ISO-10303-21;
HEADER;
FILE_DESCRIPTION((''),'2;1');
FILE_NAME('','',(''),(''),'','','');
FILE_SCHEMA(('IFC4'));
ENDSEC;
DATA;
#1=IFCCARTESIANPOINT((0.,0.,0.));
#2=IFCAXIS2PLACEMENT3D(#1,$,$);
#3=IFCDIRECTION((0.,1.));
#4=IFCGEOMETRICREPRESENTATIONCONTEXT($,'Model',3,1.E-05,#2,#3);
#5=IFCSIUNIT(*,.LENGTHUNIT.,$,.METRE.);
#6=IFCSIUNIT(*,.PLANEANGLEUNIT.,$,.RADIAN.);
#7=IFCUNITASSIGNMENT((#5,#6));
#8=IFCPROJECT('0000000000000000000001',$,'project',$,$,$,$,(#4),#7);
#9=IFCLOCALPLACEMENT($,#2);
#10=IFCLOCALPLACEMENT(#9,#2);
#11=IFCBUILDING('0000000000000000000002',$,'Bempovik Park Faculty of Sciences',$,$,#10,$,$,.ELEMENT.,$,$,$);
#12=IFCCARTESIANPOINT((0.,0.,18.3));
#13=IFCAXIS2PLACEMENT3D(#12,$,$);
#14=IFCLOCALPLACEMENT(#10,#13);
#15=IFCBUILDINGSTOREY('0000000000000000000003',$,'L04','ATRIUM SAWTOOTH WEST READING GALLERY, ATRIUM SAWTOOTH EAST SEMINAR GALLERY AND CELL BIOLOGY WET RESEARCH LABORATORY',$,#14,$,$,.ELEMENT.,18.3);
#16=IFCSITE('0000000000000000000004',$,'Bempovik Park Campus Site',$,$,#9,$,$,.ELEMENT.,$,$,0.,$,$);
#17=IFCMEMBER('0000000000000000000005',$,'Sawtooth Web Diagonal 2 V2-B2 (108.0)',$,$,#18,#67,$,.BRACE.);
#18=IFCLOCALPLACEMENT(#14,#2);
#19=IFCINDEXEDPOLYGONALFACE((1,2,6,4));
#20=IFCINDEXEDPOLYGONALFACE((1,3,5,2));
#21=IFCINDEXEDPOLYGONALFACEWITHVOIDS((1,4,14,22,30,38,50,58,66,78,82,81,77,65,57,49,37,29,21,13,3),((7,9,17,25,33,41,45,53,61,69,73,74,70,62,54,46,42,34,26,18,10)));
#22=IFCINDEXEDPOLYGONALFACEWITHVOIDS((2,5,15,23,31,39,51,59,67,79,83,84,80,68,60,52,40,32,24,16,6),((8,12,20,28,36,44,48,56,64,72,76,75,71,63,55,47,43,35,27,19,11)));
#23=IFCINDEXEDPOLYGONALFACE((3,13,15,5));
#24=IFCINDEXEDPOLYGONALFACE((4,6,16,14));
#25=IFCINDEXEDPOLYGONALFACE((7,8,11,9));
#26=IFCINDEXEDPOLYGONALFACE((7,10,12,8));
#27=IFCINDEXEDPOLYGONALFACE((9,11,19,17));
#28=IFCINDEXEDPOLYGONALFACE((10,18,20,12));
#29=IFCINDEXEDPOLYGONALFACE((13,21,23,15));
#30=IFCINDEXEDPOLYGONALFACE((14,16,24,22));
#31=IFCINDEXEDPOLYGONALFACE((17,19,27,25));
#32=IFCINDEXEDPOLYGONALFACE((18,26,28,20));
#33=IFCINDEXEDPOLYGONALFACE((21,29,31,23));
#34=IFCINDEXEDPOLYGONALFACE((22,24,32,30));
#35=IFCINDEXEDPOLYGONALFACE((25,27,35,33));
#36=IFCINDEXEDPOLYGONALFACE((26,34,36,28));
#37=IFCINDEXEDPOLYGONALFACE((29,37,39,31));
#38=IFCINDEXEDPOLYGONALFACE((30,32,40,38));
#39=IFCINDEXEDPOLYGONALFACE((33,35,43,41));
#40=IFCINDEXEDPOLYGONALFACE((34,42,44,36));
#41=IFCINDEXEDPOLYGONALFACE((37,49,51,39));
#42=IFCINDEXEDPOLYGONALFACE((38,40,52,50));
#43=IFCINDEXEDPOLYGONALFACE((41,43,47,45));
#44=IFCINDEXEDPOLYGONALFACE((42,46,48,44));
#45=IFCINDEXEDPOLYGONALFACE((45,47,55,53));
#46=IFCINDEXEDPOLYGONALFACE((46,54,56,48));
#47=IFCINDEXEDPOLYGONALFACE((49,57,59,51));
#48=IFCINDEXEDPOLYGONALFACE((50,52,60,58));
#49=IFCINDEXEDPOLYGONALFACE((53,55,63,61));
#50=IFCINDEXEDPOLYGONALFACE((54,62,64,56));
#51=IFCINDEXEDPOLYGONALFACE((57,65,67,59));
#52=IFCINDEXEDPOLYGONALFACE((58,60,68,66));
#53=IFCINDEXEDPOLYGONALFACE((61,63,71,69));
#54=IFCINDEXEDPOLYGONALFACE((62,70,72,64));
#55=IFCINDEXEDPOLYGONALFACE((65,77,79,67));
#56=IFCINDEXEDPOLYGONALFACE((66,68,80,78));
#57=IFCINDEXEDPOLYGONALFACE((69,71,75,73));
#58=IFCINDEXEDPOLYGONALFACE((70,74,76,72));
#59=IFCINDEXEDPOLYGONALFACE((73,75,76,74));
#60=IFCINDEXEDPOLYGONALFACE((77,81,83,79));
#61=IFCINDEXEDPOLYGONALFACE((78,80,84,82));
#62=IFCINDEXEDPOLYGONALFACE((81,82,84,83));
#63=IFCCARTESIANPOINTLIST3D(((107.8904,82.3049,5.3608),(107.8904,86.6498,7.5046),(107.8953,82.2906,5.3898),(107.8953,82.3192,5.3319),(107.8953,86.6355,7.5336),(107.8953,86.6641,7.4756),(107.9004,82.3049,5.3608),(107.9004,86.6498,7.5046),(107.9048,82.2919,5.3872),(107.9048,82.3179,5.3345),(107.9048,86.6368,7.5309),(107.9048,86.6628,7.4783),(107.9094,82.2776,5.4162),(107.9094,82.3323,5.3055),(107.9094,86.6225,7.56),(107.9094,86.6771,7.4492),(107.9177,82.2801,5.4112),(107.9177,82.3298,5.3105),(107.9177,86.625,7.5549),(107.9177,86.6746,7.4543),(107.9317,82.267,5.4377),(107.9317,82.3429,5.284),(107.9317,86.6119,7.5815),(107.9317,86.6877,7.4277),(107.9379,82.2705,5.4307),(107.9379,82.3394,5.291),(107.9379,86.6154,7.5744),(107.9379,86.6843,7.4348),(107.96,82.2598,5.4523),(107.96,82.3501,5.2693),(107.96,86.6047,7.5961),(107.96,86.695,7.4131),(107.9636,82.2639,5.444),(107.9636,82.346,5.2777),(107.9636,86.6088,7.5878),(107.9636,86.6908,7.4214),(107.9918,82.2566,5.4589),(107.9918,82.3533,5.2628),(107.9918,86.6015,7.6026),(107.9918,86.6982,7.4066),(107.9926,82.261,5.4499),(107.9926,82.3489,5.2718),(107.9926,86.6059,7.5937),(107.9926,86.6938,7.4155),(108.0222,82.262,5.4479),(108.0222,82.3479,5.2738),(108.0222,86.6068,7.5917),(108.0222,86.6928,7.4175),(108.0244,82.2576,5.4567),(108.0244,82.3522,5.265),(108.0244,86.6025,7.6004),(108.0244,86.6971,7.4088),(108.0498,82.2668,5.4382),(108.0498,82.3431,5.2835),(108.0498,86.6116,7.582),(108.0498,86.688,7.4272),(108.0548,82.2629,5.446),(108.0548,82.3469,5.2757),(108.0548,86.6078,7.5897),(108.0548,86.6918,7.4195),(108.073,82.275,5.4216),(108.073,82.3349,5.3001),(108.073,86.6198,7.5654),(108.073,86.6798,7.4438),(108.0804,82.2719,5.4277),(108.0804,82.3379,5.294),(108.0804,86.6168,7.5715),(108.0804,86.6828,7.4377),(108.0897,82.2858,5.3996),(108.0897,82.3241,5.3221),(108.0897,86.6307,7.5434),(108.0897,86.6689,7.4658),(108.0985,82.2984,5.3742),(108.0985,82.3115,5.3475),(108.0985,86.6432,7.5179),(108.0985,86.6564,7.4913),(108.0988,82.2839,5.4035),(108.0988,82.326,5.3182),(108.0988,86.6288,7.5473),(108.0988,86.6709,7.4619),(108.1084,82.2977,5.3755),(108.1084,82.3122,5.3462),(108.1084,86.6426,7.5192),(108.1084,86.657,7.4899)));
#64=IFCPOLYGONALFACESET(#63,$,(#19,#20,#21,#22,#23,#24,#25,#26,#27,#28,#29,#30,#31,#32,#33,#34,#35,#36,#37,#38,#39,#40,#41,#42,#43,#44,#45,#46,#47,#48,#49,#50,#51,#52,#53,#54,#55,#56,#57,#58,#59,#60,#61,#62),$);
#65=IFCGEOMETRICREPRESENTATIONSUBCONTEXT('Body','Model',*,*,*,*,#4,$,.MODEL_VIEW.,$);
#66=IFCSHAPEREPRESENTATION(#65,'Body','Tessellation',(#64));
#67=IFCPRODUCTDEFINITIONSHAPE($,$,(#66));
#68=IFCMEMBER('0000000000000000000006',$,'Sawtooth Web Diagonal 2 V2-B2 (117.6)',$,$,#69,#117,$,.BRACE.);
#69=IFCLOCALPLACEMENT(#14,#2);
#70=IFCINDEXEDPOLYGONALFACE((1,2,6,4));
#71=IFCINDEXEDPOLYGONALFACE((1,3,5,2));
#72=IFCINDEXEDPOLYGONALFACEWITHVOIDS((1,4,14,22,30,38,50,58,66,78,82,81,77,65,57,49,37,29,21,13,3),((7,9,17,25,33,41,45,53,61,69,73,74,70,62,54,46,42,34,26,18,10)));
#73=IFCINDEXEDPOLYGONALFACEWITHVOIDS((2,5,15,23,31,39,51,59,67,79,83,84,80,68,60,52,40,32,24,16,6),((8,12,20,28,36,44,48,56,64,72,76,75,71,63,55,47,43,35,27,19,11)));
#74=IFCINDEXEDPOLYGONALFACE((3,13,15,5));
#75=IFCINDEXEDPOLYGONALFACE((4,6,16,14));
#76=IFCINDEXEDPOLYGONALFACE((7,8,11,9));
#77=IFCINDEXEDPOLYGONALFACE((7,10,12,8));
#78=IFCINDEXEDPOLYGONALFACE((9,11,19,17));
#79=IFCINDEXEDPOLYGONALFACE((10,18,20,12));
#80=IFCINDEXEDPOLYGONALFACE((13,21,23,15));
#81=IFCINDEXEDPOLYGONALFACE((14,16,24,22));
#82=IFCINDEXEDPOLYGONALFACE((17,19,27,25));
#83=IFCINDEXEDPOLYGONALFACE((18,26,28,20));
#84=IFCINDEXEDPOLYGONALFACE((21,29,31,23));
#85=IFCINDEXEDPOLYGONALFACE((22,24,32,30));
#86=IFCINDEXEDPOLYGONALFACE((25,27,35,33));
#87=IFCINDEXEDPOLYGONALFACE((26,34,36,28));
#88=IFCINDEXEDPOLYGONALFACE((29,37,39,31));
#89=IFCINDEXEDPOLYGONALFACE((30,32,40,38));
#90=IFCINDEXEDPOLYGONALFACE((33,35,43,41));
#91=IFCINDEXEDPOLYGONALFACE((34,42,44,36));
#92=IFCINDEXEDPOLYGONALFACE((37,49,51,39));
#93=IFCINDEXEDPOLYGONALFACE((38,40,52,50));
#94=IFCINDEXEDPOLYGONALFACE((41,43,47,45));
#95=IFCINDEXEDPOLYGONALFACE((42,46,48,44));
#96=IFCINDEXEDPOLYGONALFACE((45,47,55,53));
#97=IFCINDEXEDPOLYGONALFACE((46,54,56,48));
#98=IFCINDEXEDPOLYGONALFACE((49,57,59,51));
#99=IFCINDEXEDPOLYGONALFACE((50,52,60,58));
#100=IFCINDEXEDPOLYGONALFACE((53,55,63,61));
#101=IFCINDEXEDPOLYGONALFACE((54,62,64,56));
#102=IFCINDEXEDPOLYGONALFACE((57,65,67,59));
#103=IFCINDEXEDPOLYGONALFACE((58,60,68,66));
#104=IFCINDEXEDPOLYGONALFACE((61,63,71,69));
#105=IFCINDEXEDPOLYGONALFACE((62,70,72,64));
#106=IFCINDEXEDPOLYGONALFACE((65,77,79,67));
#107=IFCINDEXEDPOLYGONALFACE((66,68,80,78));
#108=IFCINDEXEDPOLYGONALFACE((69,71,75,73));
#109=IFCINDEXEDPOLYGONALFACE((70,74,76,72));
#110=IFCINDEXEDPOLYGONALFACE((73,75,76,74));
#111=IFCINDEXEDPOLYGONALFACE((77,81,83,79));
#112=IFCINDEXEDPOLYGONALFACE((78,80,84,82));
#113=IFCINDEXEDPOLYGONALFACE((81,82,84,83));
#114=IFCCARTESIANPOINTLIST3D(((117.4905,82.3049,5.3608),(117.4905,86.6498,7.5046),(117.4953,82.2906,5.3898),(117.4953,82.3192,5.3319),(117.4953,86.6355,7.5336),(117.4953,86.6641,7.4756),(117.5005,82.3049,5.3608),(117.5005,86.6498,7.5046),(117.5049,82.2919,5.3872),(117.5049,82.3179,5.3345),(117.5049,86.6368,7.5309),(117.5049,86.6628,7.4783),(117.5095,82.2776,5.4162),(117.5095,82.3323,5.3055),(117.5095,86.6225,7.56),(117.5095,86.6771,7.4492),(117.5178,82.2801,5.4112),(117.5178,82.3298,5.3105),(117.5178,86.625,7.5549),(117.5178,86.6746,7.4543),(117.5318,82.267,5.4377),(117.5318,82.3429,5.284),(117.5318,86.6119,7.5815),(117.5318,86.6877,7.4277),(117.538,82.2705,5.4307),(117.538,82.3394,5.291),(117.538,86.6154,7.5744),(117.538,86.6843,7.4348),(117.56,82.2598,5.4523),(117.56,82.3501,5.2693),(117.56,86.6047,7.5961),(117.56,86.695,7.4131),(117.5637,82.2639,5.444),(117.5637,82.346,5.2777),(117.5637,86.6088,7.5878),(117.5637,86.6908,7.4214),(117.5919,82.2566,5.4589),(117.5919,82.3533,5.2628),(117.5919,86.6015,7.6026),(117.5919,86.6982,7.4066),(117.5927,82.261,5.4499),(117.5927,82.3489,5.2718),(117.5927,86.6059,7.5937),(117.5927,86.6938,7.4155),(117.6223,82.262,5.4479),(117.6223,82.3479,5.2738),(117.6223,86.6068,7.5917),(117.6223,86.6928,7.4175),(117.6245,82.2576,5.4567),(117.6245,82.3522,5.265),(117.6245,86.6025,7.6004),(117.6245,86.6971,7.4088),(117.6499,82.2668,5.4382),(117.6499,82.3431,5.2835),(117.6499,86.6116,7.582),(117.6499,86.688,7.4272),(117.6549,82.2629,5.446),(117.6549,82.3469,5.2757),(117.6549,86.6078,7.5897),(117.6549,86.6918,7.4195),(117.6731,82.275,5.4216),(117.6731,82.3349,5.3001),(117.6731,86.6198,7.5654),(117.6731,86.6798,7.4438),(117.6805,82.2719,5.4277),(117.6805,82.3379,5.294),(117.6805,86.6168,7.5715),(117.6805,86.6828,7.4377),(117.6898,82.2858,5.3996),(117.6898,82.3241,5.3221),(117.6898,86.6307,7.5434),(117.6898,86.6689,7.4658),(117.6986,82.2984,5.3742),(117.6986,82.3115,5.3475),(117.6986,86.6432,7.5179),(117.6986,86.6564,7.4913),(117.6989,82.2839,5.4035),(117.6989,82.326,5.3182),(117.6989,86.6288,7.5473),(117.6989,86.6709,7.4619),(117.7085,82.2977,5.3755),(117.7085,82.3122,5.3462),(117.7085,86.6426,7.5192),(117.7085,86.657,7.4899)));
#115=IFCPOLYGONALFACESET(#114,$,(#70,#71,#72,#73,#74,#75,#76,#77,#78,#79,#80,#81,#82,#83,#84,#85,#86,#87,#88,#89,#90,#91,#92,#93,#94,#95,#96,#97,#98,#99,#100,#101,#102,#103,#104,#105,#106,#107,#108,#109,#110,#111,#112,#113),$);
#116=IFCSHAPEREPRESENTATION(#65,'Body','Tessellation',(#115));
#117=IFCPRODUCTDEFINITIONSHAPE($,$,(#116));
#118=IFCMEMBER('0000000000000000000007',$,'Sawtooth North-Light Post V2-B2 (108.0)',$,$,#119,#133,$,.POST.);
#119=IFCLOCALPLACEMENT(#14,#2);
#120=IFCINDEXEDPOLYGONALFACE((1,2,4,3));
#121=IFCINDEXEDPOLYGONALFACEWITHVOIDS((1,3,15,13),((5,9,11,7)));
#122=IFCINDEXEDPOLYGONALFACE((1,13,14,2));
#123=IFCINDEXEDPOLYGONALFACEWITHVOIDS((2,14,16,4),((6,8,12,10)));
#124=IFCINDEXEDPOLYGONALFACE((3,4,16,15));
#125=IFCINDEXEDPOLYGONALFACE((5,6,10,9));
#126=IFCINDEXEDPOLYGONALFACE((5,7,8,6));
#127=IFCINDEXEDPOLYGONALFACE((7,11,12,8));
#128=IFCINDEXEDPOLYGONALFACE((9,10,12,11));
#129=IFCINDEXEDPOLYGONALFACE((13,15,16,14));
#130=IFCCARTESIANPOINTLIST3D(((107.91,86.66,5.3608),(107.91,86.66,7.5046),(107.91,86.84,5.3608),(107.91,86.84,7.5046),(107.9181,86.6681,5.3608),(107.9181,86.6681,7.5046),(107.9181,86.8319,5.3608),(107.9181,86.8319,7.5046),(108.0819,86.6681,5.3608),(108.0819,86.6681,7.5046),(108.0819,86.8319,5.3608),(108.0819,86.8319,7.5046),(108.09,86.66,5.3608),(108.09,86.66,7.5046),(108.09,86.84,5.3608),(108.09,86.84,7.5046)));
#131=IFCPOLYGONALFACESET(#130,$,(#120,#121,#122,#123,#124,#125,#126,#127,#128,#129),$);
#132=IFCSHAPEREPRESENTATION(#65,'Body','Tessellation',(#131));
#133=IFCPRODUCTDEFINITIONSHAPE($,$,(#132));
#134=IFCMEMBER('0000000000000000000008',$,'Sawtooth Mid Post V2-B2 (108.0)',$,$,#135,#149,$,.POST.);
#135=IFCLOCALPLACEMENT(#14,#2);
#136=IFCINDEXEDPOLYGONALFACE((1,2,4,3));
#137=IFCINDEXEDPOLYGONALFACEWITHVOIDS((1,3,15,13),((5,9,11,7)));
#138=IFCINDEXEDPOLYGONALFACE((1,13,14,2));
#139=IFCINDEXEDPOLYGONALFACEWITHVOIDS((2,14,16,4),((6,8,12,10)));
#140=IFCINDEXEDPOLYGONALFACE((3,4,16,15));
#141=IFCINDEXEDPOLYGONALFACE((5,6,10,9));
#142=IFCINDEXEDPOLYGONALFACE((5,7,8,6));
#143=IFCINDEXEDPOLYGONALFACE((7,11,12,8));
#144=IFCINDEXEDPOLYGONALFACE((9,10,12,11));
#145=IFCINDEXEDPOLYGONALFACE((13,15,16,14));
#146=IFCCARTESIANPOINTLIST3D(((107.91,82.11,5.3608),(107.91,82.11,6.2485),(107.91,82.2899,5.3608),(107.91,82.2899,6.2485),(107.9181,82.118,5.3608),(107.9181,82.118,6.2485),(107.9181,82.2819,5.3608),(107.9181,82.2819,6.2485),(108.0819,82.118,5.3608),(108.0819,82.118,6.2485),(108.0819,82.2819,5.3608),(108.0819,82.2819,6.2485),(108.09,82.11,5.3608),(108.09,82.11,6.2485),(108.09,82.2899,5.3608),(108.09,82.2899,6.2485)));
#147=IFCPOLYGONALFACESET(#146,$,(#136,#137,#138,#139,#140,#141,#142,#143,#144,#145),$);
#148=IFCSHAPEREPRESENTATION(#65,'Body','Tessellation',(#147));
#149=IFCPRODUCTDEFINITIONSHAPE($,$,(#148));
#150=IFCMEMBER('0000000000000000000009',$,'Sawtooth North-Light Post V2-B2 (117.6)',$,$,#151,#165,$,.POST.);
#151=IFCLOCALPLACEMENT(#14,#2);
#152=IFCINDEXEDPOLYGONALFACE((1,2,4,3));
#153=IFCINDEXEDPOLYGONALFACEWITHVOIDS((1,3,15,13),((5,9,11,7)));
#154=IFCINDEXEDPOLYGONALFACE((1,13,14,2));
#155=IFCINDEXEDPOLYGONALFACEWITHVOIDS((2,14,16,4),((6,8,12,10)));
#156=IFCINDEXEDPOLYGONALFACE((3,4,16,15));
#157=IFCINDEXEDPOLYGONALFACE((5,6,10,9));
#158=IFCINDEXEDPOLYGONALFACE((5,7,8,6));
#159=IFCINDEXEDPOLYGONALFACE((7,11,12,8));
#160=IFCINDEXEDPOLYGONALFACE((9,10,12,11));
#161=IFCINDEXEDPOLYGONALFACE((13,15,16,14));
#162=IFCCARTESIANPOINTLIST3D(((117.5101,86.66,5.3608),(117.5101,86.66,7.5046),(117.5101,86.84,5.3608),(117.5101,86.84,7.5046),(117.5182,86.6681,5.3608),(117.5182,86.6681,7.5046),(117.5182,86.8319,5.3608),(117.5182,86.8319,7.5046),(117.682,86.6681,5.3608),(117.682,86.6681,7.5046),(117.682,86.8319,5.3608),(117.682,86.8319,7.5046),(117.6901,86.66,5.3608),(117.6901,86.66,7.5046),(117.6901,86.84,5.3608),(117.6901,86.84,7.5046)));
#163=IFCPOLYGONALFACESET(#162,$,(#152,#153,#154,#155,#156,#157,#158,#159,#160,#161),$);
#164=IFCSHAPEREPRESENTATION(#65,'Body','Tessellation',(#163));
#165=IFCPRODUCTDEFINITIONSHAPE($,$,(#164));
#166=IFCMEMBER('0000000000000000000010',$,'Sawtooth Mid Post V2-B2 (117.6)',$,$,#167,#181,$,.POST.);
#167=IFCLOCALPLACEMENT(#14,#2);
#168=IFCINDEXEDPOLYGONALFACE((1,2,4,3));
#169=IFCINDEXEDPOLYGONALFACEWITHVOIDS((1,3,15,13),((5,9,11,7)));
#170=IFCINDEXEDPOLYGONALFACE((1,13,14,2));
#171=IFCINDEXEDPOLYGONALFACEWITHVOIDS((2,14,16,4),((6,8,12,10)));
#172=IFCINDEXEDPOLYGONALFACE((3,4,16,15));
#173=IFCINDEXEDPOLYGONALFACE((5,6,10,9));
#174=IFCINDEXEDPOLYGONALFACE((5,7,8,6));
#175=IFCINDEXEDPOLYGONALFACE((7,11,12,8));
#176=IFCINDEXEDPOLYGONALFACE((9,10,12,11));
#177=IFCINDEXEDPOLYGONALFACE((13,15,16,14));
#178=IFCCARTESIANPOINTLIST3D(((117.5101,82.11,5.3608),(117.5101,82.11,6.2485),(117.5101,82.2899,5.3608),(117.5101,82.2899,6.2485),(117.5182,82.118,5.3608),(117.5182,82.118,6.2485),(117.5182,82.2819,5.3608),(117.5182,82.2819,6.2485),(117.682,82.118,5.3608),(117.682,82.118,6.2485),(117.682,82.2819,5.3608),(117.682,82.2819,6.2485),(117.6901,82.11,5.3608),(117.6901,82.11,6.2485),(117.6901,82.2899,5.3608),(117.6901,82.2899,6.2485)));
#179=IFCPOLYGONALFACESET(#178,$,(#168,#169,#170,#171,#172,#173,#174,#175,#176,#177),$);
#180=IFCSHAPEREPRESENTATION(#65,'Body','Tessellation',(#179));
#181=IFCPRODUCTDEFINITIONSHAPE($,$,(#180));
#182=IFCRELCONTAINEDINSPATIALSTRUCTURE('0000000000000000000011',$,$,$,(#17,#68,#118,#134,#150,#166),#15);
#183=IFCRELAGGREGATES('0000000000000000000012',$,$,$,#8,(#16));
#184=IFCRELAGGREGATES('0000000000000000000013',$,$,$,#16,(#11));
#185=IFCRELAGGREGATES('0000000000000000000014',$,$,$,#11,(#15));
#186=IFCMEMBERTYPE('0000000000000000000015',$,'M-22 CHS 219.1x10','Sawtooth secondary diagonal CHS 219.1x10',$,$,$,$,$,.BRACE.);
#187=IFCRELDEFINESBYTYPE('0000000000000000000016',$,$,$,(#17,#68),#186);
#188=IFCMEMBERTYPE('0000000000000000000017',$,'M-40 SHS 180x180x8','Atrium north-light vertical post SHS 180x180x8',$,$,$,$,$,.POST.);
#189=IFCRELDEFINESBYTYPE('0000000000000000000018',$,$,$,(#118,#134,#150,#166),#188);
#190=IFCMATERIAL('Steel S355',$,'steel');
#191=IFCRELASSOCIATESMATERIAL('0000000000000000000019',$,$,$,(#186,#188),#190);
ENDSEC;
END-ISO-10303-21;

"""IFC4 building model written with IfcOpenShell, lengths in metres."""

from ifc_helpers import new_model, si_unit, direction, frame, origin, origin_2d, place, context, subcontext, project, spatial, hollow_rectangle, hollow_circle, extrude, material, material_profile, profile_set, type_object, element, save


model = new_model("IFC4")

# Units and contexts
model_context = context("Model", 3, precision=1e-05, world=origin(), true_north=direction((0.0, 1.0)))
body_context = subcontext(model_context, "Body", "Model", "MODEL_VIEW")
ifc_project = project(units=[si_unit("LENGTHUNIT", "METRE"), si_unit("PLANEANGLEUNIT", "RADIAN")], contexts=[model_context])

# Site, building, storey
site_placement = place(None, origin())
site = spatial("IfcSite", under=ifc_project, at=site_placement, Name="Bempovik Park Campus Site", CompositionType="ELEMENT", RefElevation=0.0)
building_placement = place(site_placement, origin())
building = spatial("IfcBuilding", under=site, at=building_placement, Name="Bempovik Park Faculty of Sciences", CompositionType="ELEMENT")
storey_placement = place(building_placement, frame((0.0, 0.0, 18.3)))
storey = spatial("IfcBuildingStorey", under=building, at=storey_placement, Name="L04", Description="ATRIUM SAWTOOTH WEST READING GALLERY, ATRIUM SAWTOOTH EAST SEMINAR GALLERY AND CELL BIOLOGY WET RESEARCH LABORATORY", CompositionType="ELEMENT", Elevation=18.3)

# Members
ifc_material_1 = material(Name="Steel S355", Category="steel")
ifc_material_profile_1 = material_profile(ifc_material_1, hollow_circle(Radius=0.1096, WallThickness=0.01, at=origin_2d()), Name="CHS 219.1x10")
ifc_profile_set_1 = profile_set([ifc_material_profile_1], Name="Steel S355")
member_type_1 = type_object("IfcMemberType", Name="M-22 CHS 219.1x10", Description="Sawtooth secondary diagonal CHS 219.1x10", PredefinedType="BRACE", material=ifc_profile_set_1)
for number, where, z_axis, x_axis, name in (
    (1, (108.0, 82.3049, 5.3608), (0.0, 0.896783, 0.442471), (-1.0, 0.0, 0.0), "Sawtooth Web Diagonal 2 V2-B2 (108.0)"),
    (2, (117.6001, 82.3049, 5.3608), (0.0, 0.896783, 0.442471), (-1.0, 0.0, 0.0), "Sawtooth Web Diagonal 2 V2-B2 (117.6)"),
):
    element("IfcMember", number, at=place(storey_placement, frame(where, z_axis=z_axis, x_axis=x_axis)), inside=storey, type_object=member_type_1, Name=name, PredefinedType="BRACE", context=body_context, shape_type="SweptSolid", body=[
        extrude(hollow_circle(Radius=0.1096, WallThickness=0.01, at=origin_2d()), origin(), (0.0, 0.0, 1.0), 4.845),
    ])
ifc_material_profile_2 = material_profile(ifc_material_1, hollow_rectangle(XDim=0.1799, YDim=0.1799, WallThickness=0.0081, at=origin_2d()), Name="SHS 180x180x8")
ifc_profile_set_2 = profile_set([ifc_material_profile_2], Name="Steel S355")
member_type_2 = type_object("IfcMemberType", Name="M-40 SHS 180x180x8", Description="Atrium north-light vertical post SHS 180x180x8", PredefinedType="POST", material=ifc_profile_set_2)
member_1_placement = place(storey_placement, frame((108.0, 86.75, 5.3608), z_axis=(0.0, 0.0, 1.0), x_axis=(1.0, 0.0, 0.0)))
element("IfcMember", 3, at=member_1_placement, inside=storey, type_object=member_type_2, Name="Sawtooth North-Light Post V2-B2 (108.0)", PredefinedType="POST", context=body_context, shape_type="SweptSolid", body=[
    extrude(hollow_rectangle(XDim=0.1799, YDim=0.1799, WallThickness=0.0081, at=origin_2d()), origin(), (0.0, 0.0, 1.0), 2.1438),
])
member_2_placement = place(storey_placement, frame((108.0, 82.2, 5.3608), z_axis=(0.0, 0.0, 1.0), x_axis=(1.0, 0.0, 0.0)))
element("IfcMember", 4, at=member_2_placement, inside=storey, type_object=member_type_2, Name="Sawtooth Mid Post V2-B2 (108.0)", PredefinedType="POST", context=body_context, shape_type="SweptSolid", body=[
    extrude(hollow_rectangle(XDim=0.1799, YDim=0.1799, WallThickness=0.0081, at=origin_2d()), origin(), (0.0, 0.0, 1.0), 0.8877),
])
member_3_placement = place(storey_placement, frame((117.6001, 86.75, 5.3608), z_axis=(0.0, 0.0, 1.0), x_axis=(1.0, 0.0, 0.0)))
element("IfcMember", 5, at=member_3_placement, inside=storey, type_object=member_type_2, Name="Sawtooth North-Light Post V2-B2 (117.6)", PredefinedType="POST", context=body_context, shape_type="SweptSolid", body=[
    extrude(hollow_rectangle(XDim=0.1799, YDim=0.1799, WallThickness=0.0081, at=origin_2d()), origin(), (0.0, 0.0, 1.0), 2.1438),
])
member_4_placement = place(storey_placement, frame((117.6001, 82.2, 5.3608), z_axis=(0.0, 0.0, 1.0), x_axis=(1.0, 0.0, 0.0)))
element("IfcMember", 6, at=member_4_placement, inside=storey, type_object=member_type_2, Name="Sawtooth Mid Post V2-B2 (117.6)", PredefinedType="POST", context=body_context, shape_type="SweptSolid", body=[
    extrude(hollow_rectangle(XDim=0.1799, YDim=0.1799, WallThickness=0.0081, at=origin_2d()), origin(), (0.0, 0.0, 1.0), 0.8877),
])

save(model, "model.ifc")
